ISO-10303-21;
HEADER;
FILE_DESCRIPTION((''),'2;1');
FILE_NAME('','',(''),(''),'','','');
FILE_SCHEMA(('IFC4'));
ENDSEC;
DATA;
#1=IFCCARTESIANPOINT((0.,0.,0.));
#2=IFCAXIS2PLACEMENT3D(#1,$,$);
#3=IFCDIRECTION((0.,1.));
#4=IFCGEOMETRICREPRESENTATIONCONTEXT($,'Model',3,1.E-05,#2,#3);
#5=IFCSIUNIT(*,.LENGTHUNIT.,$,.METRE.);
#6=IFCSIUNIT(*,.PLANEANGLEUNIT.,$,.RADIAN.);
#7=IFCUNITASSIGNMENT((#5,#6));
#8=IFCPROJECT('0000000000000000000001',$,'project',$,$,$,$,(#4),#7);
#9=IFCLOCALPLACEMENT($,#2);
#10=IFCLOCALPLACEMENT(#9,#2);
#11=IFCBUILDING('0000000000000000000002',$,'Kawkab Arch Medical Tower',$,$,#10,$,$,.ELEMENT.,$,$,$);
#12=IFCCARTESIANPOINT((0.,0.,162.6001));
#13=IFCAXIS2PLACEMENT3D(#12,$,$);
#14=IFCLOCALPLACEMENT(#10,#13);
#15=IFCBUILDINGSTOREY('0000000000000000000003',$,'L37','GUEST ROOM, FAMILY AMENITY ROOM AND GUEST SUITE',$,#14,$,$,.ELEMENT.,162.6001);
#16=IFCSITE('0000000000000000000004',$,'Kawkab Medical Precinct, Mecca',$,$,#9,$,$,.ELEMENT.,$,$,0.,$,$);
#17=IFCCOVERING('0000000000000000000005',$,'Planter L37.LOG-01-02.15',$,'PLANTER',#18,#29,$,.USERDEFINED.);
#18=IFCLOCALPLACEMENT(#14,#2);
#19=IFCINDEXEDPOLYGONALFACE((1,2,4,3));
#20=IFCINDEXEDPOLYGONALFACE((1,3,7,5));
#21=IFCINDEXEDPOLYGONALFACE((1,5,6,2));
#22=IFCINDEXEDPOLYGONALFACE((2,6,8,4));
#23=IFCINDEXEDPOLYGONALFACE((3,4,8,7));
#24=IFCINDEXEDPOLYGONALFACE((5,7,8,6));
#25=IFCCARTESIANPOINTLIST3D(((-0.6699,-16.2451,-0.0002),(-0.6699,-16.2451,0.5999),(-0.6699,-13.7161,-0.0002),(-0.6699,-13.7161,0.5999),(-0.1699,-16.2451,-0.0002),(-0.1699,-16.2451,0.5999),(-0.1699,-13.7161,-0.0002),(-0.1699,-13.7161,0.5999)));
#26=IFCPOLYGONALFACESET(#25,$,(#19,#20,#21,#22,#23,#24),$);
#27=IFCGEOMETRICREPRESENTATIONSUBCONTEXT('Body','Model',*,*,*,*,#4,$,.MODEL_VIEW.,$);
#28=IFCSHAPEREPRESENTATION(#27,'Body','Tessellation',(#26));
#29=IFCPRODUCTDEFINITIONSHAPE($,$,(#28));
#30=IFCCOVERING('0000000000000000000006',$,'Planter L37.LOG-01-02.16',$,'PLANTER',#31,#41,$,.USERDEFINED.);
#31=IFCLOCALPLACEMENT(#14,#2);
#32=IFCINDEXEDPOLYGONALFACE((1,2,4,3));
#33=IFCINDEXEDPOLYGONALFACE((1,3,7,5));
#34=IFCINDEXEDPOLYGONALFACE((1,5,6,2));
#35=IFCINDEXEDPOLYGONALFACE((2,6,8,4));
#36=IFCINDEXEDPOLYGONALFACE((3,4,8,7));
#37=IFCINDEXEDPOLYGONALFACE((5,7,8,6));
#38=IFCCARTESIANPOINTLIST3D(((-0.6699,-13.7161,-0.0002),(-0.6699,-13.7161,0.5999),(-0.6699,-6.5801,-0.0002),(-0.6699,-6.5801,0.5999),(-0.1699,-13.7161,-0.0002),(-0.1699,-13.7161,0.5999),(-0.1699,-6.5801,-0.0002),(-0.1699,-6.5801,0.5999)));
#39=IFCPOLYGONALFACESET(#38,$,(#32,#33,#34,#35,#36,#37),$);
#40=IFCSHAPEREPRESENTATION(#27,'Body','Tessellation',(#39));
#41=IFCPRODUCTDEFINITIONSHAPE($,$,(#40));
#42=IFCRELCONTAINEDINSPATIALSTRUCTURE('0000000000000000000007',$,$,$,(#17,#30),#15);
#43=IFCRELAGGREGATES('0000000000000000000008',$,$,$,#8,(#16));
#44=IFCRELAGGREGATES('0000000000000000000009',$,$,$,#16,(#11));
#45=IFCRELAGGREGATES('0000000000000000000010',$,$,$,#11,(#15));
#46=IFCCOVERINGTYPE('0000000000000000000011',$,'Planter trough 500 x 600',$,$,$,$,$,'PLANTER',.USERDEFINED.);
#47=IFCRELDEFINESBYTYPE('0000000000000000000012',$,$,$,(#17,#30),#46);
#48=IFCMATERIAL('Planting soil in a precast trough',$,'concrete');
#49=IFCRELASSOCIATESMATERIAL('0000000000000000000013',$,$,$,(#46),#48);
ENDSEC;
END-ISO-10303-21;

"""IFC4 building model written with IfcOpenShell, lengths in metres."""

from ifc_helpers import new_model, si_unit, direction, frame, origin, origin_2d, place, context, subcontext, project, spatial, rectangle, extrude, material, material_profile, profile_set, type_object, element, save


model = new_model("IFC4")

# Units and contexts
model_context = context("Model", 3, precision=1e-05, world=origin(), true_north=direction((0.0, 1.0)))
body_context = subcontext(model_context, "Body", "Model", "MODEL_VIEW")
ifc_project = project(units=[si_unit("LENGTHUNIT", "METRE"), si_unit("PLANEANGLEUNIT", "RADIAN")], contexts=[model_context])

# Site, building, storey
site_placement = place(None, origin())
site = spatial("IfcSite", under=ifc_project, at=site_placement, Name="Kawkab Medical Precinct, Mecca", CompositionType="ELEMENT", RefElevation=0.0)
building_placement = place(site_placement, origin())
building = spatial("IfcBuilding", under=site, at=building_placement, Name="Kawkab Arch Medical Tower", CompositionType="ELEMENT")
storey_placement = place(building_placement, frame((0.0, 0.0, 162.6001)))
storey = spatial("IfcBuildingStorey", under=building, at=storey_placement, Name="L37", Description="GUEST ROOM, FAMILY AMENITY ROOM AND GUEST SUITE", CompositionType="ELEMENT", Elevation=162.6001)

# Coverings
ifc_material_1 = material(Name="Planting soil in a precast trough", Category="concrete")
ifc_material_profile_1 = material_profile(ifc_material_1, rectangle(XDim=0.5, YDim=0.6001, at=origin_2d()), Name="Trough 500x600")
ifc_profile_set_1 = profile_set([ifc_material_profile_1], Name="Planting soil in a precast trough")
covering_type_1 = type_object("IfcCoveringType", Name="Planter trough 500 x 600", ElementType="PLANTER", PredefinedType="USERDEFINED", material=ifc_profile_set_1)
covering_1_placement = place(storey_placement, frame((-0.4199, -16.2451, 0.2998), z_axis=(0.0, 1.0, 0.0), x_axis=(-1.0, 0.0, 0.0)))
element("IfcCovering", 1, at=covering_1_placement, inside=storey, type_object=covering_type_1, Name="Planter L37.LOG-01-02.15", ObjectType="PLANTER", PredefinedType="USERDEFINED", context=body_context, shape_type="SweptSolid", body=[
    extrude(rectangle(XDim=0.5, YDim=0.6001, at=origin_2d()), origin(), (0.0, 0.0, 1.0), 2.5291),
])
covering_2_placement = place(storey_placement, frame((-0.4199, -13.7161, 0.2998), z_axis=(0.0, 1.0, 0.0), x_axis=(-1.0, 0.0, 0.0)))
element("IfcCovering", 2, at=covering_2_placement, inside=storey, type_object=covering_type_1, Name="Planter L37.LOG-01-02.16", ObjectType="PLANTER", PredefinedType="USERDEFINED", context=body_context, shape_type="SweptSolid", body=[
    extrude(rectangle(XDim=0.5, YDim=0.6001, at=origin_2d()), origin(), (0.0, 0.0, 1.0), 7.136),
])

save(model, "model.ifc")
